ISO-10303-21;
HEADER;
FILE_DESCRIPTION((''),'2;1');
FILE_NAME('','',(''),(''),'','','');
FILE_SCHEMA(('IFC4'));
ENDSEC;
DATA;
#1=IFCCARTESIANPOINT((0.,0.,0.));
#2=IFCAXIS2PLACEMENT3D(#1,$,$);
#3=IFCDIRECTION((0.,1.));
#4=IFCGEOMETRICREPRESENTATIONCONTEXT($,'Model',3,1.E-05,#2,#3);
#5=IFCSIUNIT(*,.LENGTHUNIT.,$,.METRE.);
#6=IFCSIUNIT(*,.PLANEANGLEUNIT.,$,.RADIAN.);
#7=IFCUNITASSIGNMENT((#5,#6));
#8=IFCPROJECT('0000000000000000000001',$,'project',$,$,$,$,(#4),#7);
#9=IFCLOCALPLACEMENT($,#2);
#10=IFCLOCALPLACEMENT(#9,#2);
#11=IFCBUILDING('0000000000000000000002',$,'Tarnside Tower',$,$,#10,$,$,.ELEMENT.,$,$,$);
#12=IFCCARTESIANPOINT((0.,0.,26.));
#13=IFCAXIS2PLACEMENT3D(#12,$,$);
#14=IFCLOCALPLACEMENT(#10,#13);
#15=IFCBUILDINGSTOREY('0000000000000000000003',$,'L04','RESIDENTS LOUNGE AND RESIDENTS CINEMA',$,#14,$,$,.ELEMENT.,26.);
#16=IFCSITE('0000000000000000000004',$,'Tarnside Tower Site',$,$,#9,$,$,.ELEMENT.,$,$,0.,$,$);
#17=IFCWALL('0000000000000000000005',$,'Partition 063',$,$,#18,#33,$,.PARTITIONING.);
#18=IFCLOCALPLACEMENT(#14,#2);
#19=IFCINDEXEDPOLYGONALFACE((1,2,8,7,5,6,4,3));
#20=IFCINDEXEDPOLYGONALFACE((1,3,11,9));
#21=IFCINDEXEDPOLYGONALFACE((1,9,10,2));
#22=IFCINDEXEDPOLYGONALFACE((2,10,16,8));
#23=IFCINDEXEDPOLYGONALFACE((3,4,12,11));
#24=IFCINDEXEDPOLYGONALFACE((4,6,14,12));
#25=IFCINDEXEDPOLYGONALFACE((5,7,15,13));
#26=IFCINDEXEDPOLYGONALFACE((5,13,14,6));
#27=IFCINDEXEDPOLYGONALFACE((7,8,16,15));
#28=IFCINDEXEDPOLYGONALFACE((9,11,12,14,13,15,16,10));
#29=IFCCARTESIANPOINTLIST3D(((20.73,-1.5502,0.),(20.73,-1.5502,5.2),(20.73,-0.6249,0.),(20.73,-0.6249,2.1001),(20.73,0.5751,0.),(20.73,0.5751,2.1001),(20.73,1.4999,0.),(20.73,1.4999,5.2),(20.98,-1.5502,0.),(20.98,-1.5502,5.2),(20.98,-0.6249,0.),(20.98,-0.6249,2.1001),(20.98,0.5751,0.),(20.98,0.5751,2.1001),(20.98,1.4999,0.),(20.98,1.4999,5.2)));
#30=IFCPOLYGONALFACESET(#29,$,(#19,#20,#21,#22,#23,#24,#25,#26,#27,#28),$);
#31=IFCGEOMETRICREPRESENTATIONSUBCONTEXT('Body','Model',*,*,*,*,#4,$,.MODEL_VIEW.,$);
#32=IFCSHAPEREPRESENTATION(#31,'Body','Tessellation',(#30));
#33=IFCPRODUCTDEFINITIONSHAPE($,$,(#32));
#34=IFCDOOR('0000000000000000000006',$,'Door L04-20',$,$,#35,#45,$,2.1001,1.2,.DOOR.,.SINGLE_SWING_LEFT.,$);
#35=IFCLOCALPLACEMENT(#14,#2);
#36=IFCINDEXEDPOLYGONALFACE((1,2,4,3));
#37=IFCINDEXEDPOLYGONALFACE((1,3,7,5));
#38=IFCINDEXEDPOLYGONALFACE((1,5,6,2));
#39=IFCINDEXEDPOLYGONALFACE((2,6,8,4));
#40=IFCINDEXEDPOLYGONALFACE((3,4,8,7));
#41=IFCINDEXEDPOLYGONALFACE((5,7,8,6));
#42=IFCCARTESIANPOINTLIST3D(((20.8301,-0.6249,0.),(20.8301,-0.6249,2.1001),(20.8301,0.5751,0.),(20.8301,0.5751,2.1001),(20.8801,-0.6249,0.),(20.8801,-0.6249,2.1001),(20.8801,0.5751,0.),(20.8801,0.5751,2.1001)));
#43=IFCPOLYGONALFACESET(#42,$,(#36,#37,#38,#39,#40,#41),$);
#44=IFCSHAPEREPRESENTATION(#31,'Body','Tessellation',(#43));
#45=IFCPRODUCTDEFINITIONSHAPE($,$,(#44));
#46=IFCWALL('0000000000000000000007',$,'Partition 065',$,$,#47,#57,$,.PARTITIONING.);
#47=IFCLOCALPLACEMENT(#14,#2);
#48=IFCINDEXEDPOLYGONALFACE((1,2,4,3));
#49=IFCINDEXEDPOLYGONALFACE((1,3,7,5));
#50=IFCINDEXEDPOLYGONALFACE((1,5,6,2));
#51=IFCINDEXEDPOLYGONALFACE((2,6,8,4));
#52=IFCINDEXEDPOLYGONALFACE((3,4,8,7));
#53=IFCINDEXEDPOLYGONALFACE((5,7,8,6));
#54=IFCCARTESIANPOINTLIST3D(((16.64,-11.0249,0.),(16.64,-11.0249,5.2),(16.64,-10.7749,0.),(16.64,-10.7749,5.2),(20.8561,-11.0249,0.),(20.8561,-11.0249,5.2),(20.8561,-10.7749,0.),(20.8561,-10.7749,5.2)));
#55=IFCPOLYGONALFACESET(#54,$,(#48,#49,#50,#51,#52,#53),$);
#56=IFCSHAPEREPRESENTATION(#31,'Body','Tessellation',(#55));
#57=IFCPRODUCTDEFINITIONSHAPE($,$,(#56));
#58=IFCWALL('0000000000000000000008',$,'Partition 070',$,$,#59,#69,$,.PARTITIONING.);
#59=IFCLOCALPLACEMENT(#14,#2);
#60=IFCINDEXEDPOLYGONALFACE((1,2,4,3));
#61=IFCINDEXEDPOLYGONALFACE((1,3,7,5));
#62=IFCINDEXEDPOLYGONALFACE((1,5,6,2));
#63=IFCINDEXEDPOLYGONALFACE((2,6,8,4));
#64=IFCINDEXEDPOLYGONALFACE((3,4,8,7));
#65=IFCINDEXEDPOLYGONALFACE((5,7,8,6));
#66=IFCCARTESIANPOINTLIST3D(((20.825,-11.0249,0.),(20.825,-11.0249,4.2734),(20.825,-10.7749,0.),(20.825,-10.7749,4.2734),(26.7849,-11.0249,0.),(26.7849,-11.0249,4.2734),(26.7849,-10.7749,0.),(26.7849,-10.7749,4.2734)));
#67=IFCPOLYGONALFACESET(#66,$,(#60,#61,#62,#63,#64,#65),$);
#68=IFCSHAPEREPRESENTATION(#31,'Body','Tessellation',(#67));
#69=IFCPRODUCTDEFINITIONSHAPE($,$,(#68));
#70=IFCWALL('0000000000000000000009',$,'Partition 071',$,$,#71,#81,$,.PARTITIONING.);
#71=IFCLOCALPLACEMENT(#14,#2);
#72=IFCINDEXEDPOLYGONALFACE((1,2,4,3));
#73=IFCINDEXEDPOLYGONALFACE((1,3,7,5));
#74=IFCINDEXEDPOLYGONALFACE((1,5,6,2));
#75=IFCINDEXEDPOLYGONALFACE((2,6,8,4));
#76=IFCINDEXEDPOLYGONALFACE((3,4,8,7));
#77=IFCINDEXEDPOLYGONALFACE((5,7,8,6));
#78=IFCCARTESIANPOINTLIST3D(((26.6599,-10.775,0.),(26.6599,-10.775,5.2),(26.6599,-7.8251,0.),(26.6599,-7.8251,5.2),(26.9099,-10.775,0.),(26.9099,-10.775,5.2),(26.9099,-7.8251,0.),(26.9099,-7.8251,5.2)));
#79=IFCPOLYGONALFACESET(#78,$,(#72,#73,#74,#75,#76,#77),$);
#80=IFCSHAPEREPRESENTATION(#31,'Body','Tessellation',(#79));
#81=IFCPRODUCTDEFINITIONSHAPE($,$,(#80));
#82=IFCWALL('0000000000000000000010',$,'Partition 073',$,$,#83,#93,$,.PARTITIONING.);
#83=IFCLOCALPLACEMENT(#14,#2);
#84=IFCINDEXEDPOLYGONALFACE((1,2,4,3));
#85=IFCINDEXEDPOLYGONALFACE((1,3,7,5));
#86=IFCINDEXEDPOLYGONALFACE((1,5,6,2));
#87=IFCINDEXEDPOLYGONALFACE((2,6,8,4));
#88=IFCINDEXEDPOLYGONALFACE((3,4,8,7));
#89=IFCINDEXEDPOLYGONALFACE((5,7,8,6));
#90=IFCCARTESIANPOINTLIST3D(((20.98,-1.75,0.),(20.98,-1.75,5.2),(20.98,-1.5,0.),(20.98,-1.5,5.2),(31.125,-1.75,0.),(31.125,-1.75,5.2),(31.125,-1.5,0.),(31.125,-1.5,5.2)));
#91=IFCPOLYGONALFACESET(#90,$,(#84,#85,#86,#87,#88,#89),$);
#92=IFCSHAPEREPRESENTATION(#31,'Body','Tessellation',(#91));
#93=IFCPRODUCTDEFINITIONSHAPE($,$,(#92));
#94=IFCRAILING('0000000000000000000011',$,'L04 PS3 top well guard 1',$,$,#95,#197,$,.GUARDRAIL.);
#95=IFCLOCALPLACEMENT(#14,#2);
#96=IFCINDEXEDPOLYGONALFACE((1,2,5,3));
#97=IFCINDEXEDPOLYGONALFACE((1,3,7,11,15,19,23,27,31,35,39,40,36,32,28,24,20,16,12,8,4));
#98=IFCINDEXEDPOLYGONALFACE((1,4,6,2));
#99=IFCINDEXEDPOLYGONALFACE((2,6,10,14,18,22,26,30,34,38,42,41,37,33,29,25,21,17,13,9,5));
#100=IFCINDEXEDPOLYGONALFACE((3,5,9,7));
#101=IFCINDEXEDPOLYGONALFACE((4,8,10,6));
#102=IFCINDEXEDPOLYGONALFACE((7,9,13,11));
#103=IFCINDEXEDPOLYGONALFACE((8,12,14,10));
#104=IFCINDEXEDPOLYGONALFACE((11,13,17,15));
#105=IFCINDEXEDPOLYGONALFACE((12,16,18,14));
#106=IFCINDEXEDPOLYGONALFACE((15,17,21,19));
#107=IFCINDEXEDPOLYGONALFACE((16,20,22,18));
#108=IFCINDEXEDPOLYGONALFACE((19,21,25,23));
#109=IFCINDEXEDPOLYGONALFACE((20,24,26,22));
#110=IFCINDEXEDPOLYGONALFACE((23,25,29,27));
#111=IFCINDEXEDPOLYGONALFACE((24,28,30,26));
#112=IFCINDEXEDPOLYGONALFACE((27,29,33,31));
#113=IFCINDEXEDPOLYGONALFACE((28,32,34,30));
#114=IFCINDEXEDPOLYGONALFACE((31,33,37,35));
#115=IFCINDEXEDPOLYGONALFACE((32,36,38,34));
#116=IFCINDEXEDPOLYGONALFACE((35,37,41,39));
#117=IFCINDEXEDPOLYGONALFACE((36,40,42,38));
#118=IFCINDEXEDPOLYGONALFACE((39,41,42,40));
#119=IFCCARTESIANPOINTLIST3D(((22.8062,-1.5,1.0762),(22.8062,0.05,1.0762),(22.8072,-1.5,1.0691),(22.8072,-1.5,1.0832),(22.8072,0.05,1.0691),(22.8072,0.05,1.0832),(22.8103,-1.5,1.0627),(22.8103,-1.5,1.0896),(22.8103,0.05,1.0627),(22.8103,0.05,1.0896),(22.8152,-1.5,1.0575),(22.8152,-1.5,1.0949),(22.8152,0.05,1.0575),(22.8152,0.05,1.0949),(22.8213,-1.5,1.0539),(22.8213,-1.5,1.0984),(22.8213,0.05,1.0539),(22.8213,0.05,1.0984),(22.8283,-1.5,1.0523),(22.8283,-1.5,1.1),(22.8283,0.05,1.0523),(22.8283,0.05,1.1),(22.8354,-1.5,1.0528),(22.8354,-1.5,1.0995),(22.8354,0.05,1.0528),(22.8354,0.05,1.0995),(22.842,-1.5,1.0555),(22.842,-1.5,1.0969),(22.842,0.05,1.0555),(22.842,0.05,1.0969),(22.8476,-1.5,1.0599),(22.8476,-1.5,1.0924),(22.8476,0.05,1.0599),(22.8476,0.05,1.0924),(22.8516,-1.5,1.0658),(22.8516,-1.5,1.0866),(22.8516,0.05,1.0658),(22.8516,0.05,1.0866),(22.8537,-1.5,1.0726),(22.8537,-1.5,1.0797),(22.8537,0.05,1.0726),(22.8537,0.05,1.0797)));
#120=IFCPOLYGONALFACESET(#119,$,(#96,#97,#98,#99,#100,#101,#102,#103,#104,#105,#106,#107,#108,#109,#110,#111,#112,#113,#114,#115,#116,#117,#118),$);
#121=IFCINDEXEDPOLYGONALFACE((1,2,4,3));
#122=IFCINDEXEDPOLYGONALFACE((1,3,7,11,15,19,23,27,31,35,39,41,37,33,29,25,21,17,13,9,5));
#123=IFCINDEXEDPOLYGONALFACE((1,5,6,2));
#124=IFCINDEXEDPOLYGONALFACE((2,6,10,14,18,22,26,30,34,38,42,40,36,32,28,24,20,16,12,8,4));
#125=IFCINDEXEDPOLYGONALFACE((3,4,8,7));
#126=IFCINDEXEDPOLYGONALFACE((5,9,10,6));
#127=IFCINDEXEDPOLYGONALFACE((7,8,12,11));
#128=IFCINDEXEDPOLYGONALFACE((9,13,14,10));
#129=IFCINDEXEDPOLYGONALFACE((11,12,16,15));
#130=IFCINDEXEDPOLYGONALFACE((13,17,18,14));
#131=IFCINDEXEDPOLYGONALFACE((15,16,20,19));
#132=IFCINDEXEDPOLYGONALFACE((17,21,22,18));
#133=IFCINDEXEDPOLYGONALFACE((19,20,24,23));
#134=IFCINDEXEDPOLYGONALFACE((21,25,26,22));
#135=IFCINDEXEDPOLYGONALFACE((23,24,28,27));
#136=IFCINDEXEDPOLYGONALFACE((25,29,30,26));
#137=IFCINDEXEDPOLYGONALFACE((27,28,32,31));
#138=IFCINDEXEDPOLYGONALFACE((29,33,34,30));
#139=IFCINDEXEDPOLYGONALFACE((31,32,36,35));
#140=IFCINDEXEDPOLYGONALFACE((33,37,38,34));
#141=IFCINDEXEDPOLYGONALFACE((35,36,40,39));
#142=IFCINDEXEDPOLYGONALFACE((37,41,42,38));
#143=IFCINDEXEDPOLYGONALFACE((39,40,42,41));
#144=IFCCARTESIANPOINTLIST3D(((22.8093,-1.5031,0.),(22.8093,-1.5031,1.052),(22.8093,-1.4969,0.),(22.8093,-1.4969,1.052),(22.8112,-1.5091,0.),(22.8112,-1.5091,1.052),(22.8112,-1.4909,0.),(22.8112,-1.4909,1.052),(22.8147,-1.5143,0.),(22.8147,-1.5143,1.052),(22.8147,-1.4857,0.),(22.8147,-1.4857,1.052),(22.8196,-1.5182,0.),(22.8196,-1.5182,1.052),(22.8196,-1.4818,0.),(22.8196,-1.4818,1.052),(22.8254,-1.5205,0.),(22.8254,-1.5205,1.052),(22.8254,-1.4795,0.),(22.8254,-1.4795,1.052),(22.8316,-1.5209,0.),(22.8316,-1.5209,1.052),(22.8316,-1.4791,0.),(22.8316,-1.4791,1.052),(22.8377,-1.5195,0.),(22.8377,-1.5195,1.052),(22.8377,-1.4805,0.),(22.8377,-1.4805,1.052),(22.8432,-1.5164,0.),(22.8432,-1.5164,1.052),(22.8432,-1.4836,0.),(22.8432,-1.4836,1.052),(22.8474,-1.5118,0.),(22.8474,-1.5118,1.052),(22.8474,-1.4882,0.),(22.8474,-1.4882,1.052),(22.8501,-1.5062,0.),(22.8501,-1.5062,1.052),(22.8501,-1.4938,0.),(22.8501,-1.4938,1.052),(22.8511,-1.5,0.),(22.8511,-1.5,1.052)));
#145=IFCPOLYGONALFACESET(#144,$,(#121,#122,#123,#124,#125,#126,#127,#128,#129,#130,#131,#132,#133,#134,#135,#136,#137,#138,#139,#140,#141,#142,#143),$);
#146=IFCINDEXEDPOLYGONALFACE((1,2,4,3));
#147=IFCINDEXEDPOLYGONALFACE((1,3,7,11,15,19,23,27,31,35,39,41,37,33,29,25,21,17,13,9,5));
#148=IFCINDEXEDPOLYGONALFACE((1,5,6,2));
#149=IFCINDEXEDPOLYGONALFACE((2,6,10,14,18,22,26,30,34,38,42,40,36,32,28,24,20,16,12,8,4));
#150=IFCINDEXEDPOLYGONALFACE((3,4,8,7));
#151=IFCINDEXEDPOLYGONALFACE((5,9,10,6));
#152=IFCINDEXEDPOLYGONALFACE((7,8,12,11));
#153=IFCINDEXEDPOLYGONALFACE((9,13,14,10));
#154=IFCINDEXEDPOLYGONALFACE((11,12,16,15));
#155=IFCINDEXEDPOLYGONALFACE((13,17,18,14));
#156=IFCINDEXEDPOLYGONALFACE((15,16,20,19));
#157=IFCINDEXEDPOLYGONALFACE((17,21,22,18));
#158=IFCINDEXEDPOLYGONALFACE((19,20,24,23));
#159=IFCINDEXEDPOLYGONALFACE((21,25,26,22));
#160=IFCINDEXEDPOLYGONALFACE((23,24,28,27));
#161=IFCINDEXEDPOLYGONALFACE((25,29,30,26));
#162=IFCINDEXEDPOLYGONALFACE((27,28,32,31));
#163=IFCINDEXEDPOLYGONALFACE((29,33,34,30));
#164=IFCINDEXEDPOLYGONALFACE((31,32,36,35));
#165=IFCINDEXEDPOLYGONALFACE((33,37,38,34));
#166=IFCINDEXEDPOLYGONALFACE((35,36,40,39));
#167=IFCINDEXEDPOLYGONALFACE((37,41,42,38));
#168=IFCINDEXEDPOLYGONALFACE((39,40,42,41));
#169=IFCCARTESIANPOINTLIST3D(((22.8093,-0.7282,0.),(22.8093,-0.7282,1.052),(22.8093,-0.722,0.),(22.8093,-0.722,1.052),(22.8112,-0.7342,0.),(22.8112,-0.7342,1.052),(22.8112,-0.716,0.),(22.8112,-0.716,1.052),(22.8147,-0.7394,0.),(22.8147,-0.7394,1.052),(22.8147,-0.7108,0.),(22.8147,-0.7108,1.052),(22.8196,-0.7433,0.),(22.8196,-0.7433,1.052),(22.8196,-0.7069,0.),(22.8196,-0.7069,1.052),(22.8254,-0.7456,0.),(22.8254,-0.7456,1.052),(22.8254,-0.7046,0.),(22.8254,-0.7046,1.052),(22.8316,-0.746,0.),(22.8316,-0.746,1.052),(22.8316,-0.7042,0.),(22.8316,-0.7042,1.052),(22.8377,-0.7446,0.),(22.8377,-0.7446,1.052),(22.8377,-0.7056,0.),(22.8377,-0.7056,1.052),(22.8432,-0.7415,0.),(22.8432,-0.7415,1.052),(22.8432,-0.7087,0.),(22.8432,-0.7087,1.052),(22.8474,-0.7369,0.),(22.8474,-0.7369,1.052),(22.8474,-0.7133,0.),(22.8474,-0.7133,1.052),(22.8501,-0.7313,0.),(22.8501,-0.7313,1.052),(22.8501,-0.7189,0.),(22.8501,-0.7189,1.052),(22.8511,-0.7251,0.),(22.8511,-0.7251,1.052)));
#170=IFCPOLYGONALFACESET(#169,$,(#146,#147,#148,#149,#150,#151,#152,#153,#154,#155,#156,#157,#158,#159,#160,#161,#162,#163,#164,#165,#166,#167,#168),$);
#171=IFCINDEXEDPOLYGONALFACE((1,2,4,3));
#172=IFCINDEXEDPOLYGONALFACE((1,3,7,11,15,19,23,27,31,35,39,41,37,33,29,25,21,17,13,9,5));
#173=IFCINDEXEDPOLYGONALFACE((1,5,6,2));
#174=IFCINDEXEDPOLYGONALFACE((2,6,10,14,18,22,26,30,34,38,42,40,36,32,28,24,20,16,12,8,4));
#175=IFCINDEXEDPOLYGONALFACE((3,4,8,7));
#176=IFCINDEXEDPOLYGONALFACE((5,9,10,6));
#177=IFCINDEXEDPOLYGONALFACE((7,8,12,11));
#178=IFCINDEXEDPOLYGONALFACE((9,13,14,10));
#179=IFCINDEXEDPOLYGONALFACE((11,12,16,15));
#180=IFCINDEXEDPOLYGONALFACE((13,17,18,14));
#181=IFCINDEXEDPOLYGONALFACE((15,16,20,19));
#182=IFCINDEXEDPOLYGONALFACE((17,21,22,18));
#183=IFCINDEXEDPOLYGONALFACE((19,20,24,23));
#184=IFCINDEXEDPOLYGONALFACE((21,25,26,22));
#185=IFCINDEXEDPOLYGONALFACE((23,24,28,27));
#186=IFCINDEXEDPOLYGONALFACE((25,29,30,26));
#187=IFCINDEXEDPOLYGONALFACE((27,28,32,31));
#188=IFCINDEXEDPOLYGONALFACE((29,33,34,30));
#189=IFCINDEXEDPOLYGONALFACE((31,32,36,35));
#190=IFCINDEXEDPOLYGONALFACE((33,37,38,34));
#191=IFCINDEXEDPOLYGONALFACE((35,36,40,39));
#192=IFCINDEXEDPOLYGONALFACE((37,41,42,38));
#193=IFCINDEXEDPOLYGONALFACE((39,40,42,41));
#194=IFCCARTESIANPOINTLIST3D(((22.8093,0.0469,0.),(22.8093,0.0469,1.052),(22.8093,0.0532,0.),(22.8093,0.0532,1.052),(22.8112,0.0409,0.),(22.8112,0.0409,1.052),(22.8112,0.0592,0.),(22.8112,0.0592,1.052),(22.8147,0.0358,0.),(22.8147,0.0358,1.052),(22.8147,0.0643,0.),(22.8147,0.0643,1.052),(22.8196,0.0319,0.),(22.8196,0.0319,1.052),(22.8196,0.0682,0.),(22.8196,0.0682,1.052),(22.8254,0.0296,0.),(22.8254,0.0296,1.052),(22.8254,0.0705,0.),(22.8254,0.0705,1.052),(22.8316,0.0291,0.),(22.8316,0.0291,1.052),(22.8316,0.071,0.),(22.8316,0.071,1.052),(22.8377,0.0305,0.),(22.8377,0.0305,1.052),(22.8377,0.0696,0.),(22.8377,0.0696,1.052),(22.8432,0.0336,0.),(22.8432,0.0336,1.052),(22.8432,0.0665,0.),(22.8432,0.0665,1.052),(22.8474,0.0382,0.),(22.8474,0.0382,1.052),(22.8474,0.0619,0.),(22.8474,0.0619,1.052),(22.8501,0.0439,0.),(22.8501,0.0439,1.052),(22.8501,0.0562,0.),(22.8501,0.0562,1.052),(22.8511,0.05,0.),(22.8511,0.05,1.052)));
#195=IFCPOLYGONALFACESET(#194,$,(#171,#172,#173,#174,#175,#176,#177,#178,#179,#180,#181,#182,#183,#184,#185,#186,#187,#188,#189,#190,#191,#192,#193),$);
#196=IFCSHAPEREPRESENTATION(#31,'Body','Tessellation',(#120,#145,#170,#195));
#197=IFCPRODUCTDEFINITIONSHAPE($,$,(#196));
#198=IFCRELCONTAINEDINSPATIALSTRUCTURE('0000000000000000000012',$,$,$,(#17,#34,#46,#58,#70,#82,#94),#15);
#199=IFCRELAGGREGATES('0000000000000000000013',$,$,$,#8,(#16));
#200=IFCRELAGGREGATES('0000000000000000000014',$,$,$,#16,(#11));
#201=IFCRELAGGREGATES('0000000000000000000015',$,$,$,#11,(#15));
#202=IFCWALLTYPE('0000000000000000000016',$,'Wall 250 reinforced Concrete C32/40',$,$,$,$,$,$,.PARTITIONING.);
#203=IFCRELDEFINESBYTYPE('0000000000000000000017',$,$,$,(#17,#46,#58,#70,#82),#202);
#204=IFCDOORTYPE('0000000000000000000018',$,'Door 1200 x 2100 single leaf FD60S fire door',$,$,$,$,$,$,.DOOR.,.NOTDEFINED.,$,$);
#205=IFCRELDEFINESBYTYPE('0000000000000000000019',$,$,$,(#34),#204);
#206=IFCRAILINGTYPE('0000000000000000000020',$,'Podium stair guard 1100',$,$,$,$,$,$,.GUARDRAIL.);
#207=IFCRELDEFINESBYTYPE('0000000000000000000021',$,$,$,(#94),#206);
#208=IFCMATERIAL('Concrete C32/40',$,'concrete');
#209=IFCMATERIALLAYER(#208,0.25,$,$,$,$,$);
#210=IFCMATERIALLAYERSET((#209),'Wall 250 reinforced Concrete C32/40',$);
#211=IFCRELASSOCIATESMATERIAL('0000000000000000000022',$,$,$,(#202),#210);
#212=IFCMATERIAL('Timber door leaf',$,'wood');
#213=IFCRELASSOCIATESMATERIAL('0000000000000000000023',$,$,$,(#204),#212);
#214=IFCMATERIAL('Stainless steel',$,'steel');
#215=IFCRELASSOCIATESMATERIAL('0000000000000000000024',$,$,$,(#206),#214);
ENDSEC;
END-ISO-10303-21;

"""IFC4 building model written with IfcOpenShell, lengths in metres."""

from ifc_helpers import new_model, si_unit, direction, frame, frame_2d, origin, origin_2d, place, context, subcontext, project, spatial, rectangle, circle, extrude, material, layer, layer_set, type_object, element, fill, save


model = new_model("IFC4")

# Units and contexts
model_context = context("Model", 3, precision=1e-05, world=origin(), true_north=direction((0.0, 1.0)))
body_context = subcontext(model_context, "Body", "Model", "MODEL_VIEW")
ifc_project = project(units=[si_unit("LENGTHUNIT", "METRE"), si_unit("PLANEANGLEUNIT", "RADIAN")], contexts=[model_context])

# Site, building, storey
site_placement = place(None, origin())
site = spatial("IfcSite", under=ifc_project, at=site_placement, Name="Tarnside Tower Site", CompositionType="ELEMENT", RefElevation=0.0)
building_placement = place(site_placement, origin())
building = spatial("IfcBuilding", under=site, at=building_placement, Name="Tarnside Tower", CompositionType="ELEMENT")
storey_placement = place(building_placement, frame((0.0, 0.0, 26.0)))
storey = spatial("IfcBuildingStorey", under=building, at=storey_placement, Name="L04", Description="RESIDENTS LOUNGE AND RESIDENTS CINEMA", CompositionType="ELEMENT", Elevation=26.0)

# Shared definitions
ifc_material_1 = material(Name="Timber door leaf", Category="wood")

# Wall, opening, door
ifc_material_2 = material(Name="Concrete C32/40", Category="concrete")
ifc_layer_1 = layer(ifc_material_2, 0.25)
ifc_layer_set_1 = layer_set([ifc_layer_1], Name="Wall 250 reinforced Concrete C32/40")
wall_type_1 = type_object("IfcWallType", Name="Wall 250 reinforced Concrete C32/40", PredefinedType="PARTITIONING", material=ifc_layer_set_1)
wall_1_placement = place(storey_placement, frame((20.855, -1.55, 0.0), z_axis=(0.0, 0.0, 1.0), x_axis=(0.0, 1.0, 0.0)))
wall_1 = element("IfcWall", 1, at=wall_1_placement, inside=storey, type_object=wall_type_1, Name="Partition 063", PredefinedType="PARTITIONING", context=body_context, shape_type="SweptSolid", body=[
    extrude(rectangle(XDim=3.05, YDim=0.25, at=frame_2d((1.5249, 0.0))), origin(), (0.0, 0.0, 1.0), 5.2),
])
opening_1_placement = place(wall_1_placement, frame((0.925, 0.0, 0.0)))
opening_1 = element("IfcOpeningElement", 2, at=opening_1_placement, cuts=wall_1, PredefinedType="OPENING", context=body_context, shape_type="SweptSolid", body=[
    extrude(rectangle(XDim=1.2, YDim=2.1001, at=frame_2d((0.6001, 1.05))), frame((0.0, 0.135, 0.0), z_axis=(0.0, -1.0, 0.0), x_axis=(1.0, 0.0, 0.0)), (0.0, 0.0, 1.0), 0.27),
])
door_type_1 = type_object("IfcDoorType", Name="Door 1200 x 2100 single leaf FD60S fire door", OperationType="NOTDEFINED", PredefinedType="DOOR", material=ifc_material_1)
door_1_placement = place(opening_1_placement, origin())
door_1 = element("IfcDoor", 3, at=door_1_placement, inside=storey, type_object=door_type_1, Name="Door L04-20", OperationType="SINGLE_SWING_LEFT", OverallHeight=2.1001, OverallWidth=1.2, PredefinedType="DOOR", context=body_context, shape_type="SweptSolid", body=[
    extrude(rectangle(XDim=1.2, YDim=2.1001, at=frame_2d((0.6001, 1.05))), frame((0.0, 0.0249, 0.0), z_axis=(0.0, -1.0, 0.0), x_axis=(1.0, 0.0, 0.0)), (0.0, 0.0, 1.0), 0.05),
])
fill(opening_1, door_1)

# Walls
wall_2_placement = place(storey_placement, frame((20.856, -10.8999, 0.0), z_axis=(0.0, 0.0, 1.0), x_axis=(-1.0, 0.0, 0.0)))
element("IfcWall", 4, at=wall_2_placement, inside=storey, type_object=wall_type_1, Name="Partition 065", PredefinedType="PARTITIONING", context=body_context, shape_type="SweptSolid", body=[
    extrude(rectangle(XDim=4.2161, YDim=0.25, at=frame_2d((2.1079, 0.0))), origin(), (0.0, 0.0, 1.0), 5.2),
])
wall_3_placement = place(storey_placement, frame((26.7849, -10.8999, 0.0), z_axis=(0.0, 0.0, 1.0), x_axis=(-1.0, 0.0, 0.0)))
element("IfcWall", 5, at=wall_3_placement, inside=storey, type_object=wall_type_1, Name="Partition 070", PredefinedType="PARTITIONING", context=body_context, shape_type="SweptSolid", body=[
    extrude(rectangle(XDim=5.96, YDim=0.25, at=frame_2d((2.98, 0.0))), origin(), (0.0, 0.0, 1.0), 4.2734),
])
wall_4_placement = place(storey_placement, frame((26.7849, -7.825, 0.0), z_axis=(0.0, 0.0, 1.0), x_axis=(0.0, -1.0, 0.0)))
element("IfcWall", 6, at=wall_4_placement, inside=storey, type_object=wall_type_1, Name="Partition 071", PredefinedType="PARTITIONING", context=body_context, shape_type="SweptSolid", body=[
    extrude(rectangle(XDim=2.95, YDim=0.25, at=frame_2d((1.4751, 0.0))), origin(), (0.0, 0.0, 1.0), 5.2),
])
wall_5_placement = place(storey_placement, frame((31.125, -1.625, 0.0), z_axis=(0.0, 0.0, 1.0), x_axis=(-1.0, 0.0, 0.0)))
element("IfcWall", 7, at=wall_5_placement, inside=storey, type_object=wall_type_1, Name="Partition 073", PredefinedType="PARTITIONING", context=body_context, shape_type="SweptSolid", body=[
    extrude(rectangle(XDim=10.145, YDim=0.25, at=frame_2d((5.0725, 0.0))), origin(), (0.0, 0.0, 1.0), 5.2),
])

# Railing
ifc_material_3 = material(Name="Stainless steel", Category="steel")
railing_type = type_object("IfcRailingType", Name="Podium stair guard 1100", PredefinedType="GUARDRAIL", material=ifc_material_3)
railing_1_placement = place(storey_placement, frame((22.8301, -1.5, 0.0)))
element("IfcRailing", 8, at=railing_1_placement, inside=storey, type_object=railing_type, Name="L04 PS3 top well guard 1", PredefinedType="GUARDRAIL", context=body_context, shape_type="SweptSolid", body=[
    extrude(circle(Radius=0.0239, at=origin_2d()), frame((0.0, 0.0, 1.0762), z_axis=(0.0, 1.0, 0.0), x_axis=(-1.0, 0.0, 0.0)), (0.0, 0.0, 1.0), 1.55),
    extrude(circle(Radius=0.021, at=origin_2d()), origin(), (0.0, 0.0, 1.0), 1.052),
    extrude(circle(Radius=0.021, at=origin_2d()), frame((0.0, 0.7749, 0.0)), (0.0, 0.0, 1.0), 1.052),
    extrude(circle(Radius=0.021, at=origin_2d()), frame((0.0, 1.55, 0.0)), (0.0, 0.0, 1.0), 1.052),
])

save(model, "model.ifc")
